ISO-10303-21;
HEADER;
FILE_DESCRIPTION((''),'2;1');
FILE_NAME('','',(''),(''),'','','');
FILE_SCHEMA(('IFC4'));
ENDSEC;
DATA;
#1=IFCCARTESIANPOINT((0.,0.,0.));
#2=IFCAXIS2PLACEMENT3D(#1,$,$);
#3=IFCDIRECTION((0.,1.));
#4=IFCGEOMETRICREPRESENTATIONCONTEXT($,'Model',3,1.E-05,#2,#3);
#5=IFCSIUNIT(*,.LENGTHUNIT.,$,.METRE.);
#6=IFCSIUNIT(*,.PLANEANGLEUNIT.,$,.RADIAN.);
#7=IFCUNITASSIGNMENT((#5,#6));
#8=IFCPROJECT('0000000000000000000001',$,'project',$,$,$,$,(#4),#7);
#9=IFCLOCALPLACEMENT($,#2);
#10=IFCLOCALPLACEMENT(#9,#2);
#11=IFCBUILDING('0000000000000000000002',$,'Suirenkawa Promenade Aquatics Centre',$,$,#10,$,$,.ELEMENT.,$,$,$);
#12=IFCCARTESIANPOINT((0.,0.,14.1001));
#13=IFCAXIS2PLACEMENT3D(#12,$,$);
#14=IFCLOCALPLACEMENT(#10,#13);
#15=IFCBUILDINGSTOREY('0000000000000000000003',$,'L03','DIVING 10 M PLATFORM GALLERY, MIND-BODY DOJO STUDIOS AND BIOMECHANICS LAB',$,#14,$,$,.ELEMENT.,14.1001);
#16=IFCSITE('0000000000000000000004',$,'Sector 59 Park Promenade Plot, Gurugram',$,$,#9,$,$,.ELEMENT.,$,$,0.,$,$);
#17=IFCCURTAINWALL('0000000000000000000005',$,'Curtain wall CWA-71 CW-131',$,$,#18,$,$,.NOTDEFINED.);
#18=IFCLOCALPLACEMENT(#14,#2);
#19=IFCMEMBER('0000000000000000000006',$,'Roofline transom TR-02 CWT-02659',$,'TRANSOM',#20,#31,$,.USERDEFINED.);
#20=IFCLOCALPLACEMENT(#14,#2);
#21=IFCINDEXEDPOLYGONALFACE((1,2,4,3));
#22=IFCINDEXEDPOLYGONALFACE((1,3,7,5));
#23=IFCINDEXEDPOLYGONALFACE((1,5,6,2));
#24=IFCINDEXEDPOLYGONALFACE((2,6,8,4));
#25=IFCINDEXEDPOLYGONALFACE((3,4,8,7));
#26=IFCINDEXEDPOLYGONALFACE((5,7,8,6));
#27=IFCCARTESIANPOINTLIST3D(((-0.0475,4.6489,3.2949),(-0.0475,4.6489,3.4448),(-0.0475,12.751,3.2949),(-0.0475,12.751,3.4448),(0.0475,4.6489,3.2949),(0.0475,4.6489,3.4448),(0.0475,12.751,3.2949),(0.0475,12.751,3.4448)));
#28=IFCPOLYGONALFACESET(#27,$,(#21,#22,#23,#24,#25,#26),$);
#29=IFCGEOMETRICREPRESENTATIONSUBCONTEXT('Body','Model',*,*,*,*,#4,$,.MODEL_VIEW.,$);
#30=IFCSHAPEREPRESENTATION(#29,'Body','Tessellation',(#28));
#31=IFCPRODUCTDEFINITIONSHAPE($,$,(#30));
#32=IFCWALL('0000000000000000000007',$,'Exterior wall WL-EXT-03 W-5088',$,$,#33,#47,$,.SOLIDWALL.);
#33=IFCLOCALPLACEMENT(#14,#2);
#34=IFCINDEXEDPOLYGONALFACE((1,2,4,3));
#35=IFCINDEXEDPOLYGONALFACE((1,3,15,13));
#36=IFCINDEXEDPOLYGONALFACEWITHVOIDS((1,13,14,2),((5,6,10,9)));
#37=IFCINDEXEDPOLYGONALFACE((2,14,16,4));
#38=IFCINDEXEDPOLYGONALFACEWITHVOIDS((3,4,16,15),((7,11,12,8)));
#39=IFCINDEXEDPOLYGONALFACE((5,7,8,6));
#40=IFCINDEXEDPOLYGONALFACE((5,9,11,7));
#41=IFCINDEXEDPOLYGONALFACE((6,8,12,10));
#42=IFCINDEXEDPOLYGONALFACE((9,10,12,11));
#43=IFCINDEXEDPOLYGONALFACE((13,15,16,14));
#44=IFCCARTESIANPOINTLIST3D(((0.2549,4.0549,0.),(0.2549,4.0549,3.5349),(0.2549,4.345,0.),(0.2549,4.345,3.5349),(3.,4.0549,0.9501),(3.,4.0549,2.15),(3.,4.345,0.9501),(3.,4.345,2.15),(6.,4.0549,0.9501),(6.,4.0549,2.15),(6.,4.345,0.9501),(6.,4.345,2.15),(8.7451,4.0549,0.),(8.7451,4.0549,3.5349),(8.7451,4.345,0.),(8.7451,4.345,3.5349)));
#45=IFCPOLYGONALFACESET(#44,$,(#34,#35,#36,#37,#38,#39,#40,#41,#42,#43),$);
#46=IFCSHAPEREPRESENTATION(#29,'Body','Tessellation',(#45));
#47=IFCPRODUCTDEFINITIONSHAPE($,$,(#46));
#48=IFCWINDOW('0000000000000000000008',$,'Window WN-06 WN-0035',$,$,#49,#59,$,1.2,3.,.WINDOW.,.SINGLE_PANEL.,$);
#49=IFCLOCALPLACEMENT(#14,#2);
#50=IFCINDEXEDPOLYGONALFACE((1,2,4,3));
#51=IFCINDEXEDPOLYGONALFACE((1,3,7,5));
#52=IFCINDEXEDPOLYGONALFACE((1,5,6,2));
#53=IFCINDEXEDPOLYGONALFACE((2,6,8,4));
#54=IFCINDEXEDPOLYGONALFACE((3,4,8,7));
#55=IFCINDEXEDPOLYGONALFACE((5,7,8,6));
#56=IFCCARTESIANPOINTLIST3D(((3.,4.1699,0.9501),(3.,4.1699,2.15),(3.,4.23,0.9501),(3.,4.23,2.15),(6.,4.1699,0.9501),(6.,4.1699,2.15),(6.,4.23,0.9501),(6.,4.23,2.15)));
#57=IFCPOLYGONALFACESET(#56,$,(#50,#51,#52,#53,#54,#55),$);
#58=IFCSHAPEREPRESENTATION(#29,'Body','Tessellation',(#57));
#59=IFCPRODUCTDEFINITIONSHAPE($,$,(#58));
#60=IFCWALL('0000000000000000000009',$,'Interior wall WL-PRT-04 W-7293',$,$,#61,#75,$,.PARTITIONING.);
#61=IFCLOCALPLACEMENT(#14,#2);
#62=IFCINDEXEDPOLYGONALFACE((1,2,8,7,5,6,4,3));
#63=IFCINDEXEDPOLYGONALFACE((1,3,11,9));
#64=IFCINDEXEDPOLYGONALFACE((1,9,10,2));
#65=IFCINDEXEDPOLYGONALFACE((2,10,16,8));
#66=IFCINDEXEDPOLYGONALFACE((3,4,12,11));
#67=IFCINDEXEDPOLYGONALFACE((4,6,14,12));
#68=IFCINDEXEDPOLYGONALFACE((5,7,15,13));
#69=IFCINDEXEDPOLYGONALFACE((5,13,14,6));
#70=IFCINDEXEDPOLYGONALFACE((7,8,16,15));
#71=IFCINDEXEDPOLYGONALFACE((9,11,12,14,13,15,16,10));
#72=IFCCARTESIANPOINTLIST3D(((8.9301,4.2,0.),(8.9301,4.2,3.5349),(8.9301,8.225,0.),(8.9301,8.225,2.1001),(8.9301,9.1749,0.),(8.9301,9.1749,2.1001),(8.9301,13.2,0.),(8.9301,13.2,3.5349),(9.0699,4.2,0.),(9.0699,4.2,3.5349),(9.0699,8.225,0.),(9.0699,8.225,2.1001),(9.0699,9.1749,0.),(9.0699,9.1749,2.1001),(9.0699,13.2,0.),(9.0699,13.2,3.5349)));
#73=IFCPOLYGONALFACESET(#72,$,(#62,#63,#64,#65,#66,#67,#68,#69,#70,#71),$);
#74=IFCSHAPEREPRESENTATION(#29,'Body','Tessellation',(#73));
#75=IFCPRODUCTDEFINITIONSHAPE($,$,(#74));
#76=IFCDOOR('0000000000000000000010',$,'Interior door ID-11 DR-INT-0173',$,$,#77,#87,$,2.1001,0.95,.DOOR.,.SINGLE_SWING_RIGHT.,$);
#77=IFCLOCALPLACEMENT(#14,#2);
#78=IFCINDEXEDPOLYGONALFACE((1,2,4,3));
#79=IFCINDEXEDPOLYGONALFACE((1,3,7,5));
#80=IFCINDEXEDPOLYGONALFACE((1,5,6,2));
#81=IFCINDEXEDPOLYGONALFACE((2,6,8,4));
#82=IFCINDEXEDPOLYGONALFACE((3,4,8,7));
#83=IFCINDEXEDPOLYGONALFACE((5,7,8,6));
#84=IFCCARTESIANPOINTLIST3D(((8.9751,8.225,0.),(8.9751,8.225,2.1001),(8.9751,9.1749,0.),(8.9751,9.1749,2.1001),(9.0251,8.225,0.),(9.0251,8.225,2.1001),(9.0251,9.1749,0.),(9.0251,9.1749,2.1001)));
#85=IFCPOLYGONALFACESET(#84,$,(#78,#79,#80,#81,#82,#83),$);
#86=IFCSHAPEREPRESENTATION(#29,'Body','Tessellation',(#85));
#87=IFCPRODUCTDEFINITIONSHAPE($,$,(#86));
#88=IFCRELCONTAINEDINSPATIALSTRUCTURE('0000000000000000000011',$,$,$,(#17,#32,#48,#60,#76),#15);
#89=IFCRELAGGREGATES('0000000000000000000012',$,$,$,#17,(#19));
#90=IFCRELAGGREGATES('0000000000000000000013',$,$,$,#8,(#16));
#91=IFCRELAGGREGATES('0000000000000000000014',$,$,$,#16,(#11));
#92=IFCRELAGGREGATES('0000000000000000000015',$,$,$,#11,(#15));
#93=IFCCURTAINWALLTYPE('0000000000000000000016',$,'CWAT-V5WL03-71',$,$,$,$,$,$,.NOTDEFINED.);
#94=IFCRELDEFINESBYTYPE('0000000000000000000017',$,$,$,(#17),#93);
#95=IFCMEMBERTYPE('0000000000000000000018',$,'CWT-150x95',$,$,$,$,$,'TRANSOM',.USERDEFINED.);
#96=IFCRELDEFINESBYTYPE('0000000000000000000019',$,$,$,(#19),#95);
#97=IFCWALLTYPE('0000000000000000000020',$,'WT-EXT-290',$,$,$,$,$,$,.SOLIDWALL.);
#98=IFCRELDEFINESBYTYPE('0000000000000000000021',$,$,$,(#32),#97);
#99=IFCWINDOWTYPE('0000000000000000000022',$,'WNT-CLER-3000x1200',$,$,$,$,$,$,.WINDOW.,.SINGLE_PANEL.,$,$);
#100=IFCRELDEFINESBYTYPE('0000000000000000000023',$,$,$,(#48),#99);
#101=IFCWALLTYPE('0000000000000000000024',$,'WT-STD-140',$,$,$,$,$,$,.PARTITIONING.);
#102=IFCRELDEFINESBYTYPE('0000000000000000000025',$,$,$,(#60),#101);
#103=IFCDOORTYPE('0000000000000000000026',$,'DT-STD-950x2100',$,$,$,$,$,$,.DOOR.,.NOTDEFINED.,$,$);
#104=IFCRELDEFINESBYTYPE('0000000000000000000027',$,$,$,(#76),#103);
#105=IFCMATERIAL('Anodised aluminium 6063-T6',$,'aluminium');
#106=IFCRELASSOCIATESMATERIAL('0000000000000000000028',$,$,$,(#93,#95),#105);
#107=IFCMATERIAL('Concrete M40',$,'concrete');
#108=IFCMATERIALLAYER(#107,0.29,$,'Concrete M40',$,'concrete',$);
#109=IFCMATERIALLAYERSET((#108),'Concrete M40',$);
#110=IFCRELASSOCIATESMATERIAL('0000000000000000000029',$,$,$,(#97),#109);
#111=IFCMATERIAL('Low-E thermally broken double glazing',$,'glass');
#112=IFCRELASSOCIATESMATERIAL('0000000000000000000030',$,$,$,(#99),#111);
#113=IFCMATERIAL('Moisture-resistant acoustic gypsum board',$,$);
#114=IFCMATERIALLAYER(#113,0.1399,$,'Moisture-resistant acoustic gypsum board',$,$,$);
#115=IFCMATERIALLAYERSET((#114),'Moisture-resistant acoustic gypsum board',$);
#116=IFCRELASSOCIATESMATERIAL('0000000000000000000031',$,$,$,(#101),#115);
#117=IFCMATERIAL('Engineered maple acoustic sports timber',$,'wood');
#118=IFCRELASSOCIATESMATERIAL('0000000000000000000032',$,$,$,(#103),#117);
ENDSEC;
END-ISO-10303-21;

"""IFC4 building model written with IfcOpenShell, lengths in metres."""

from ifc_helpers import new_model, si_unit, direction, frame, frame_2d, origin, origin_2d, place, context, subcontext, project, spatial, rectangle, extrude, material, layer, layer_set, material_profile, profile_set, type_object, element, fill, aggregate, save


model = new_model("IFC4")

# Units and contexts
model_context = context("Model", 3, precision=1e-05, world=origin(), true_north=direction((0.0, 1.0)))
body_context = subcontext(model_context, "Body", "Model", "MODEL_VIEW")
ifc_project = project(units=[si_unit("LENGTHUNIT", "METRE"), si_unit("PLANEANGLEUNIT", "RADIAN")], contexts=[model_context])

# Site, building, storey
site_placement = place(None, origin())
site = spatial("IfcSite", under=ifc_project, at=site_placement, Name="Sector 59 Park Promenade Plot, Gurugram", CompositionType="ELEMENT", RefElevation=0.0)
building_placement = place(site_placement, origin())
building = spatial("IfcBuilding", under=site, at=building_placement, Name="Suirenkawa Promenade Aquatics Centre", CompositionType="ELEMENT")
storey_placement = place(building_placement, frame((0.0, 0.0, 14.1001)))
storey = spatial("IfcBuildingStorey", under=building, at=storey_placement, Name="L03", Description="DIVING 10 M PLATFORM GALLERY, MIND-BODY DOJO STUDIOS AND BIOMECHANICS LAB", CompositionType="ELEMENT", Elevation=14.1001)

# Shared definitions
ifc_material_1 = material(Name="Concrete M40", Category="concrete")

# Curtain wall, member
ifc_material_2 = material(Name="Anodised aluminium 6063-T6", Category="aluminium")
curtain_wall_type = type_object("IfcCurtainWallType", Name="CWAT-V5WL03-71", PredefinedType="NOTDEFINED", material=ifc_material_2)
curtain_wall_placement = place(storey_placement, origin())
curtain_wall = element("IfcCurtainWall", 1, at=curtain_wall_placement, inside=storey, type_object=curtain_wall_type, Name="Curtain wall CWA-71 CW-131", PredefinedType="NOTDEFINED")
ifc_material_profile_1 = material_profile(ifc_material_2, rectangle(XDim=0.095, YDim=0.1499, at=origin_2d()), Name="ALU TRAN 95x150", Category="aluminium")
ifc_profile_set_1 = profile_set([ifc_material_profile_1], Name="Anodised aluminium 6063-T6")
member_type_1 = type_object("IfcMemberType", Name="CWT-150x95", ElementType="TRANSOM", PredefinedType="USERDEFINED", material=ifc_profile_set_1)
member_1_placement = place(storey_placement, frame((0.0, 4.6489, 3.3699), z_axis=(0.0, 1.0, 0.0), x_axis=(-1.0, 0.0, 0.0)))
member_1 = element("IfcMember", 2, at=member_1_placement, type_object=member_type_1, Name="Roofline transom TR-02 CWT-02659", ObjectType="TRANSOM", PredefinedType="USERDEFINED", context=body_context, shape_type="SweptSolid", body=[
    extrude(rectangle(XDim=0.095, YDim=0.1499, at=origin_2d()), origin(), (0.0, 0.0, 1.0), 8.1021),
])
aggregate(curtain_wall, [member_1])

# Wall, opening, window
ifc_layer_1 = layer(ifc_material_1, 0.29, Name="Concrete M40", Category="concrete")
ifc_layer_set_1 = layer_set([ifc_layer_1], Name="Concrete M40")
wall_type_1 = type_object("IfcWallType", Name="WT-EXT-290", PredefinedType="SOLIDWALL", material=ifc_layer_set_1)
wall_1_placement = place(storey_placement, frame((8.7451, 4.2, 0.0), z_axis=(0.0, 0.0, 1.0), x_axis=(-1.0, 0.0, 0.0)))
wall_1 = element("IfcWall", 3, at=wall_1_placement, inside=storey, type_object=wall_type_1, Name="Exterior wall WL-EXT-03 W-5088", PredefinedType="SOLIDWALL", context=body_context, shape_type="SweptSolid", body=[
    extrude(rectangle(XDim=8.4902, YDim=0.29, at=frame_2d((4.2451, 0.0))), origin(), (0.0, 0.0, 1.0), 3.5349),
])
opening_1_placement = place(wall_1_placement, frame((2.7451, 0.0, 0.95)))
opening_1 = element("IfcOpeningElement", 4, at=opening_1_placement, cuts=wall_1, PredefinedType="OPENING", context=body_context, shape_type="SweptSolid", body=[
    extrude(rectangle(XDim=3.0, YDim=1.2, at=frame_2d((1.5, 0.6001))), frame((0.0, 0.155, 0.0), z_axis=(0.0, -1.0, 0.0), x_axis=(1.0, 0.0, 0.0)), (0.0, 0.0, 1.0), 0.3101),
])
ifc_material_3 = material(Name="Low-E thermally broken double glazing", Category="glass")
window_type = type_object("IfcWindowType", Name="WNT-CLER-3000x1200", PartitioningType="SINGLE_PANEL", PredefinedType="WINDOW", material=ifc_material_3)
window_placement = place(opening_1_placement, origin())
window = element("IfcWindow", 5, at=window_placement, inside=storey, type_object=window_type, Name="Window WN-06 WN-0035", OverallHeight=1.2, OverallWidth=3.0, PartitioningType="SINGLE_PANEL", PredefinedType="WINDOW", context=body_context, shape_type="SweptSolid", body=[
    extrude(rectangle(XDim=3.0, YDim=1.2, at=frame_2d((1.5, 0.6001))), frame((0.0, 0.03, 0.0), z_axis=(0.0, -1.0, 0.0), x_axis=(1.0, 0.0, 0.0)), (0.0, 0.0, 1.0), 0.0601),
])
fill(opening_1, window)

# Wall, opening, door
ifc_material_4 = material(Name="Moisture-resistant acoustic gypsum board")
ifc_layer_2 = layer(ifc_material_4, 0.1399, Name="Moisture-resistant acoustic gypsum board")
ifc_layer_set_2 = layer_set([ifc_layer_2], Name="Moisture-resistant acoustic gypsum board")
wall_type_2 = type_object("IfcWallType", Name="WT-STD-140", PredefinedType="PARTITIONING", material=ifc_layer_set_2)
wall_2_placement = place(storey_placement, frame((9.0, 4.2, 0.0), z_axis=(0.0, 0.0, 1.0), x_axis=(0.0, 1.0, 0.0)))
wall_2 = element("IfcWall", 6, at=wall_2_placement, inside=storey, type_object=wall_type_2, Name="Interior wall WL-PRT-04 W-7293", PredefinedType="PARTITIONING", context=body_context, shape_type="SweptSolid", body=[
    extrude(rectangle(XDim=9.0, YDim=0.1399, at=frame_2d((4.5, 0.0))), origin(), (0.0, 0.0, 1.0), 3.5349),
])
opening_2_placement = place(wall_2_placement, frame((4.0249, 0.0, 0.0)))
opening_2 = element("IfcOpeningElement", 7, at=opening_2_placement, cuts=wall_2, PredefinedType="OPENING", context=body_context, shape_type="SweptSolid", body=[
    extrude(rectangle(XDim=0.95, YDim=2.1001, at=frame_2d((0.4751, 1.05))), frame((0.0, 0.0798, 0.0), z_axis=(0.0, -1.0, 0.0), x_axis=(1.0, 0.0, 0.0)), (0.0, 0.0, 1.0), 0.1599),
])
ifc_material_5 = material(Name="Engineered maple acoustic sports timber", Category="wood")
door_type = type_object("IfcDoorType", Name="DT-STD-950x2100", OperationType="NOTDEFINED", PredefinedType="DOOR", material=ifc_material_5)
door_placement = place(opening_2_placement, origin())
door = element("IfcDoor", 8, at=door_placement, inside=storey, type_object=door_type, Name="Interior door ID-11 DR-INT-0173", OperationType="SINGLE_SWING_RIGHT", OverallHeight=2.1001, OverallWidth=0.95, PredefinedType="DOOR", context=body_context, shape_type="SweptSolid", body=[
    extrude(rectangle(XDim=0.95, YDim=2.1001, at=frame_2d((0.4751, 1.05))), frame((0.0, 0.0249, 0.0), z_axis=(0.0, -1.0, 0.0), x_axis=(1.0, 0.0, 0.0)), (0.0, 0.0, 1.0), 0.05),
])
fill(opening_2, door)

save(model, "model.ifc")
